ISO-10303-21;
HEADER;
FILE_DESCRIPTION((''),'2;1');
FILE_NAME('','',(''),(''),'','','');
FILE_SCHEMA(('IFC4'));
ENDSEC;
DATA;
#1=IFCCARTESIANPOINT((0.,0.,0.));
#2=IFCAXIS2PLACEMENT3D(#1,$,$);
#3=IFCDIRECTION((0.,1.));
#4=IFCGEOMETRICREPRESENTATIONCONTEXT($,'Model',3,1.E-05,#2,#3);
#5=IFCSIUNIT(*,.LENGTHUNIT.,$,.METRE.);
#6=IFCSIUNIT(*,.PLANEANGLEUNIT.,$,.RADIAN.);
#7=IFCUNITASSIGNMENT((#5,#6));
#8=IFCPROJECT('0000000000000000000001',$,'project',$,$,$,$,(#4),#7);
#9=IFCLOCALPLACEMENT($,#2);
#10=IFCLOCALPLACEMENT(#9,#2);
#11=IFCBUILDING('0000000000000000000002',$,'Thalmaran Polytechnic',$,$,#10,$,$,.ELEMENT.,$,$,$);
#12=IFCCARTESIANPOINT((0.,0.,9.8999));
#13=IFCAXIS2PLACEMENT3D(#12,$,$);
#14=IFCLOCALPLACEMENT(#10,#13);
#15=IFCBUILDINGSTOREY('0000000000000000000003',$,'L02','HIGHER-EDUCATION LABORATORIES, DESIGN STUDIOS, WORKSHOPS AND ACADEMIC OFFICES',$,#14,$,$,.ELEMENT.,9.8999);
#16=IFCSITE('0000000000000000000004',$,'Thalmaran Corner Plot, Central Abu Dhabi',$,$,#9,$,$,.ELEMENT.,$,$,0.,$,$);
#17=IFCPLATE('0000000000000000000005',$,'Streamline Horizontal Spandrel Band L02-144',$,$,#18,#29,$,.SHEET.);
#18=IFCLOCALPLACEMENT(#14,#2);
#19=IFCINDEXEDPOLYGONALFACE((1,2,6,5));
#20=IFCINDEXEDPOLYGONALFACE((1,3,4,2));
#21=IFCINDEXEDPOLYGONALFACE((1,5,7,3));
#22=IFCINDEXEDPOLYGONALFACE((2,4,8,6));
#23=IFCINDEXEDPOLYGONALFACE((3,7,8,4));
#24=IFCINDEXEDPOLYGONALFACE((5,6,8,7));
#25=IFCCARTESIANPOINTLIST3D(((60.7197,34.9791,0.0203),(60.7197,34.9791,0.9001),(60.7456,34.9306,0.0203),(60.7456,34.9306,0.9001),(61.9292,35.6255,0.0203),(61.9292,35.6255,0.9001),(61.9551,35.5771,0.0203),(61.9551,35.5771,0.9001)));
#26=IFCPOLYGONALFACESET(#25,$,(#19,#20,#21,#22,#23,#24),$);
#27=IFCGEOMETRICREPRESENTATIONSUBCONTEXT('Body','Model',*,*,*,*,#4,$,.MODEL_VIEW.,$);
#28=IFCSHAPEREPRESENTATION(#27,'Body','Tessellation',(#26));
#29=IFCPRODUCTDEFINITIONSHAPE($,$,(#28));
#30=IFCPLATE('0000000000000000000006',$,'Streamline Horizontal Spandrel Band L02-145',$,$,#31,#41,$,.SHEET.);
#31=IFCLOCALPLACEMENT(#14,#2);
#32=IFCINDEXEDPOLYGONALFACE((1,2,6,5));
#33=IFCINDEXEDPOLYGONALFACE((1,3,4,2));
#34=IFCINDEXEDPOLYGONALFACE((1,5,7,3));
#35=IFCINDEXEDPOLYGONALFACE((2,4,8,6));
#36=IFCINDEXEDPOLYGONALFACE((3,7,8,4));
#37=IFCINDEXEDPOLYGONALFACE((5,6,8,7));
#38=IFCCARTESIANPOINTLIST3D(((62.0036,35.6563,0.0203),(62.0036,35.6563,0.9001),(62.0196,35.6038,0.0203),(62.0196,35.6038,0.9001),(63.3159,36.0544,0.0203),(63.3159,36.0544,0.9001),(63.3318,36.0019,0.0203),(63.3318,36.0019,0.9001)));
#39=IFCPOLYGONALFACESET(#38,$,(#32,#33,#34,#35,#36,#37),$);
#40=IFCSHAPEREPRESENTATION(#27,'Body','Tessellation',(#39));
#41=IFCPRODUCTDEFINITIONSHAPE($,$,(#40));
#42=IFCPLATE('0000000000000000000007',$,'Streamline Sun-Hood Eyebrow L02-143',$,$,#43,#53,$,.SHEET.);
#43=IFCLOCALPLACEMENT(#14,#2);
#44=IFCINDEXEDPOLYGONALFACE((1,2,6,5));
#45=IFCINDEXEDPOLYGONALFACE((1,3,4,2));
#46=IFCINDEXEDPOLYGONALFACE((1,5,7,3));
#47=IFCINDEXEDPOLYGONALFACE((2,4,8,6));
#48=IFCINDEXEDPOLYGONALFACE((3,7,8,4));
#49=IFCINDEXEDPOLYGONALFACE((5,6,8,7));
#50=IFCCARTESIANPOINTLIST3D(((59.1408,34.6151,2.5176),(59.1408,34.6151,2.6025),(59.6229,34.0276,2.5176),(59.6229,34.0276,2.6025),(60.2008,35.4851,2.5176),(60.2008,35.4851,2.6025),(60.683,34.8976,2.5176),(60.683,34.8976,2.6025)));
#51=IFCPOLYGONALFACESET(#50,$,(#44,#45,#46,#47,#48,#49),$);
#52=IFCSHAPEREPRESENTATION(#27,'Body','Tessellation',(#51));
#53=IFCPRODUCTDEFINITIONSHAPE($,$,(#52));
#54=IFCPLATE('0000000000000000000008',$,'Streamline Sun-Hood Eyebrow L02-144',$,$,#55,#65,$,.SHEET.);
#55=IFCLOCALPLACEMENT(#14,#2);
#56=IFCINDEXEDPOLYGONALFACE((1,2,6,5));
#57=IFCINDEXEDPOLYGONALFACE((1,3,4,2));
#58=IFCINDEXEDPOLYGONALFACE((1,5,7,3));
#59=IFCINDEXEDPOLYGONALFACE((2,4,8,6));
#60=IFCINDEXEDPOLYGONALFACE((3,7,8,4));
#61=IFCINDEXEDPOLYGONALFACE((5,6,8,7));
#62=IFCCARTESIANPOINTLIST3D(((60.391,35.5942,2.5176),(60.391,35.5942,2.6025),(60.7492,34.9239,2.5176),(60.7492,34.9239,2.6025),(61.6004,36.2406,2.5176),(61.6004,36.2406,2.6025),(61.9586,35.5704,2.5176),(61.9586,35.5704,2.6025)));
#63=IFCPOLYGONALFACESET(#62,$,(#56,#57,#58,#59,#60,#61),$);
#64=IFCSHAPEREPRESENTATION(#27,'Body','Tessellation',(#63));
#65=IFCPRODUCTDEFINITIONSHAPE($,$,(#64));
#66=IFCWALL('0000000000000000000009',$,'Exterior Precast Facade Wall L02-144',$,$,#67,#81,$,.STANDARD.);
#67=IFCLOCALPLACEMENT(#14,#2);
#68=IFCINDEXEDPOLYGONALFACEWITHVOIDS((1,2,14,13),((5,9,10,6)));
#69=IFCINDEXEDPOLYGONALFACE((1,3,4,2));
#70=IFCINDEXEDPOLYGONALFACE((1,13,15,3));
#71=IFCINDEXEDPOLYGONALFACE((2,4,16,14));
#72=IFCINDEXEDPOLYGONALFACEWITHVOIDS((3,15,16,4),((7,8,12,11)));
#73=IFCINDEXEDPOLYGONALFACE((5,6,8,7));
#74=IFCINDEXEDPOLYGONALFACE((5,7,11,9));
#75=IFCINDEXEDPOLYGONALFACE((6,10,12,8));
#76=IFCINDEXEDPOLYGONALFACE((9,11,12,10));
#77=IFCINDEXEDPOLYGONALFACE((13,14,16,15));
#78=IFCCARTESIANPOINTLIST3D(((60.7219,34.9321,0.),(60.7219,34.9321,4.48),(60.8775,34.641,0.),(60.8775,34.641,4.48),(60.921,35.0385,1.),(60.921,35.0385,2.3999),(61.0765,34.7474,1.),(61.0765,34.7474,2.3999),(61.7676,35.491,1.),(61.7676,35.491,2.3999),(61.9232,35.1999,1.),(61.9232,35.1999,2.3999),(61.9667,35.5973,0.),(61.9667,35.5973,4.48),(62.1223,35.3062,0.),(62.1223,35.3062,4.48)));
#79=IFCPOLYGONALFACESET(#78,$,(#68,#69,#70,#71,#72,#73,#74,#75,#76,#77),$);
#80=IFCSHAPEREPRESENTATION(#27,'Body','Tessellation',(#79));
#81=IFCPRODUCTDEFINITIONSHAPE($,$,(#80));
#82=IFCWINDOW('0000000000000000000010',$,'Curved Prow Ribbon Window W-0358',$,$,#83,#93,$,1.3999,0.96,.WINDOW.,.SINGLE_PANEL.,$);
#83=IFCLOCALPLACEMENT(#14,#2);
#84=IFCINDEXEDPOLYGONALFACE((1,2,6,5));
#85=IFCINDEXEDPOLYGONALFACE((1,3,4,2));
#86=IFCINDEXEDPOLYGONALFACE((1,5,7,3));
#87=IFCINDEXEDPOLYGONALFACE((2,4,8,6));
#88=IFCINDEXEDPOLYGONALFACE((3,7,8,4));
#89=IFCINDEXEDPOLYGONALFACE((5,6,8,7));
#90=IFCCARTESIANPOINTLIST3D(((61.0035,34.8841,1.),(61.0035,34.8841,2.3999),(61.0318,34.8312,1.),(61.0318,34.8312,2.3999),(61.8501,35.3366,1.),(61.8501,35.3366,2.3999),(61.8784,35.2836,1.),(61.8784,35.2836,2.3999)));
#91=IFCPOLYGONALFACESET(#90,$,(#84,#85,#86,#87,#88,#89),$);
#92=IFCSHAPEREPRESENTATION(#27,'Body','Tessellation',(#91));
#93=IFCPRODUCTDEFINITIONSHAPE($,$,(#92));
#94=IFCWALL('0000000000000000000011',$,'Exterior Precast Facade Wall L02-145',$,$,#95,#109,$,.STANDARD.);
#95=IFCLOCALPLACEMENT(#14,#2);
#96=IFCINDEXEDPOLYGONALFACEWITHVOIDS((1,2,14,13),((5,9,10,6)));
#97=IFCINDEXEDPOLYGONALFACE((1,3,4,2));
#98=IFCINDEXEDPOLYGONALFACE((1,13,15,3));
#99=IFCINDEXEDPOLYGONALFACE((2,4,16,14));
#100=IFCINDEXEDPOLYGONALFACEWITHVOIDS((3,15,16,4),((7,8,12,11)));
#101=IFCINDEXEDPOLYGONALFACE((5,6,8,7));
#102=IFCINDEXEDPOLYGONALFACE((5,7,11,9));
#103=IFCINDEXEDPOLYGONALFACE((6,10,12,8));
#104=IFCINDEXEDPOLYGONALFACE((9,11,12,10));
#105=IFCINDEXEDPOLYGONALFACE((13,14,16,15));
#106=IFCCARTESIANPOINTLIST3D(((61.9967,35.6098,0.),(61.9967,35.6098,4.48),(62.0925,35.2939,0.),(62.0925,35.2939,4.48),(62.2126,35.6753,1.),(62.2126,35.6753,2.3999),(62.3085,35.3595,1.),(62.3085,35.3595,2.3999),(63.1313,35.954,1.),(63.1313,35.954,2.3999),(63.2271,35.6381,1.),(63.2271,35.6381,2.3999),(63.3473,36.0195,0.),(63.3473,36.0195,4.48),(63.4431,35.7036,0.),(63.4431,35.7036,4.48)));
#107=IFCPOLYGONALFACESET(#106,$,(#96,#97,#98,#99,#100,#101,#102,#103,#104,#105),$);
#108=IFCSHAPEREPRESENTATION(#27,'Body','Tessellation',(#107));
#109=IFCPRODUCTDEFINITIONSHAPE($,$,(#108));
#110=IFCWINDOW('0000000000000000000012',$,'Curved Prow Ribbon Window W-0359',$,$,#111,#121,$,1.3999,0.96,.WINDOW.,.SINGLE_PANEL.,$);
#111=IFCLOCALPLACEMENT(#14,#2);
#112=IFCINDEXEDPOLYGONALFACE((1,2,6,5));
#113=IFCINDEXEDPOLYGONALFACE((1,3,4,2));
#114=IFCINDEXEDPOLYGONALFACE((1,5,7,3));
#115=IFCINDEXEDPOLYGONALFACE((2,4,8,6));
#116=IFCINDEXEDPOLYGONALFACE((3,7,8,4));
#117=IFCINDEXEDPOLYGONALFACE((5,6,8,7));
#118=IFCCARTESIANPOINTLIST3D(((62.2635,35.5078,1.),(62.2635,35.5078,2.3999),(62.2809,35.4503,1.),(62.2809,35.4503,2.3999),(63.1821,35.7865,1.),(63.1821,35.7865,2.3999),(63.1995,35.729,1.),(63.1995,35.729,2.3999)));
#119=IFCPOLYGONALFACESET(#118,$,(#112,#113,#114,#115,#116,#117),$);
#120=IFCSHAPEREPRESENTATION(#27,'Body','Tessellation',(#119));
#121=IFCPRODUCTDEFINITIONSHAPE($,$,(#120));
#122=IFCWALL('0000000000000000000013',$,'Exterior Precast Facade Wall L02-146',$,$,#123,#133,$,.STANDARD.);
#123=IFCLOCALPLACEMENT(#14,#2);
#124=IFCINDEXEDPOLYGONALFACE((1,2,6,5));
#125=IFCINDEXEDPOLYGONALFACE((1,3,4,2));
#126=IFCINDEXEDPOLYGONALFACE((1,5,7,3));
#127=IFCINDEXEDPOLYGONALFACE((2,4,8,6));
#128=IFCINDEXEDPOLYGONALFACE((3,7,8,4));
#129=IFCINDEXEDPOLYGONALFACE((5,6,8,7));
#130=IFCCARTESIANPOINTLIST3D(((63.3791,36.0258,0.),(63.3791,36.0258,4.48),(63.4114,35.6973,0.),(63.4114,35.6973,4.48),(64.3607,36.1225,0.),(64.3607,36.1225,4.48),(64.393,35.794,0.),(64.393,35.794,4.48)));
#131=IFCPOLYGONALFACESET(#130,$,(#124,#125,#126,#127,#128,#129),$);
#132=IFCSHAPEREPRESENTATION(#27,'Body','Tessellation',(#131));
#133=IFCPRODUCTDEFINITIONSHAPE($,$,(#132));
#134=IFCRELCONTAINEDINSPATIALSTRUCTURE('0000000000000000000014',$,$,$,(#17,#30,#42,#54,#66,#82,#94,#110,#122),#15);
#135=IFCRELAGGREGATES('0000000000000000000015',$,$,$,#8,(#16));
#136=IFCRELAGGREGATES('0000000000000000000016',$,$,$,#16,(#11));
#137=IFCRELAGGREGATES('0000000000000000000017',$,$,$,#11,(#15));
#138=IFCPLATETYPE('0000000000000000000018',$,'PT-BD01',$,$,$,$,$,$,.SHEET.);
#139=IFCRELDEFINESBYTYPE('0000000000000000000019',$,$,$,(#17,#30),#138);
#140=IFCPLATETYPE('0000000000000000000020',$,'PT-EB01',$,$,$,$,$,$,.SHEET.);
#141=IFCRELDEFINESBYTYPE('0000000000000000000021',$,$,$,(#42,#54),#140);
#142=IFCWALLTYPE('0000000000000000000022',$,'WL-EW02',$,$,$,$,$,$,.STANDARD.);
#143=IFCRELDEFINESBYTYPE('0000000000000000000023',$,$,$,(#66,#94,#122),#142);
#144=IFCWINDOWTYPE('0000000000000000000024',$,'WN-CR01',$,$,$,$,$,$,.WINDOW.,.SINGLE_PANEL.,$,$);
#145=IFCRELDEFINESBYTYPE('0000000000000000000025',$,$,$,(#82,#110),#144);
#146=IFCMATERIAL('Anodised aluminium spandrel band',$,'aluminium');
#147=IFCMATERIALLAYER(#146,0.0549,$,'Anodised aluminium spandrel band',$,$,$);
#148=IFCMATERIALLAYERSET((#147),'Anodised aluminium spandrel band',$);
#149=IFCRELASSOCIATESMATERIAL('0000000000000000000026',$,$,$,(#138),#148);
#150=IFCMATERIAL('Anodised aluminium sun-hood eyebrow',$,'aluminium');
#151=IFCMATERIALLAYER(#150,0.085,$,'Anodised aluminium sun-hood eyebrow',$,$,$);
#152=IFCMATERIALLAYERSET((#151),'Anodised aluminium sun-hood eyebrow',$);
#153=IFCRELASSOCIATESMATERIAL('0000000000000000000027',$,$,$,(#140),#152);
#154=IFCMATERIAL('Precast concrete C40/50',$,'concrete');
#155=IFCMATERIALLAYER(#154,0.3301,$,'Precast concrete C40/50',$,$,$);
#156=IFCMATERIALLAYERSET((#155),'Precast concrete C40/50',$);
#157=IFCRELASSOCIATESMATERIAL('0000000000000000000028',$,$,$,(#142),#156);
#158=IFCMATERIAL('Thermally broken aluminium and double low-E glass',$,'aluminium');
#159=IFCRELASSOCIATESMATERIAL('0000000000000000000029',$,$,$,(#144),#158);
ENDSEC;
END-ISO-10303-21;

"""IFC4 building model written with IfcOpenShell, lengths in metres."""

from ifc_helpers import new_model, si_unit, direction, frame, frame_2d, origin, origin_2d, place, context, subcontext, project, spatial, rectangle, extrude, material, layer, layer_set, type_object, element, fill, save


model = new_model("IFC4")

# Units and contexts
model_context = context("Model", 3, precision=1e-05, world=origin(), true_north=direction((0.0, 1.0)))
body_context = subcontext(model_context, "Body", "Model", "MODEL_VIEW")
ifc_project = project(units=[si_unit("LENGTHUNIT", "METRE"), si_unit("PLANEANGLEUNIT", "RADIAN")], contexts=[model_context])

# Site, building, storey
site_placement = place(None, origin())
site = spatial("IfcSite", under=ifc_project, at=site_placement, Name="Thalmaran Corner Plot, Central Abu Dhabi", CompositionType="ELEMENT", RefElevation=0.0)
building_placement = place(site_placement, origin())
building = spatial("IfcBuilding", under=site, at=building_placement, Name="Thalmaran Polytechnic", CompositionType="ELEMENT")
storey_placement = place(building_placement, frame((0.0, 0.0, 9.8999)))
storey = spatial("IfcBuildingStorey", under=building, at=storey_placement, Name="L02", Description="HIGHER-EDUCATION LABORATORIES, DESIGN STUDIOS, WORKSHOPS AND ACADEMIC OFFICES", CompositionType="ELEMENT", Elevation=9.8999)

# Plates
ifc_material_1 = material(Name="Anodised aluminium spandrel band", Category="aluminium")
ifc_layer_1 = layer(ifc_material_1, 0.0549, Name="Anodised aluminium spandrel band")
ifc_layer_set_1 = layer_set([ifc_layer_1], Name="Anodised aluminium spandrel band")
plate_type_1 = type_object("IfcPlateType", Name="PT-BD01", PredefinedType="SHEET", material=ifc_layer_set_1)
for number, where, z_axis, x_axis, name in (
    (1, (61.3374, 35.2781, 0.0203), (0.0, 0.0, 1.0), (0.881921, 0.471397, 0.0), "Streamline Horizontal Spandrel Band L02-144"),
    (2, (62.6677, 35.8291, 0.0203), (0.0, 0.0, 1.0), (0.95694, 0.290285, 0.0), "Streamline Horizontal Spandrel Band L02-145"),
):
    element("IfcPlate", number, at=place(storey_placement, frame(where, z_axis=z_axis, x_axis=x_axis)), inside=storey, type_object=plate_type_1, Name=name, PredefinedType="SHEET", context=body_context, shape_type="SweptSolid", body=[
        extrude(rectangle(XDim=1.3713, YDim=0.0549, at=origin_2d()), origin(), (0.0, 0.0, 1.0), 0.8799),
    ])
ifc_material_2 = material(Name="Anodised aluminium sun-hood eyebrow", Category="aluminium")
ifc_layer_2 = layer(ifc_material_2, 0.085, Name="Anodised aluminium sun-hood eyebrow")
ifc_layer_set_2 = layer_set([ifc_layer_2], Name="Anodised aluminium sun-hood eyebrow")
plate_type_2 = type_object("IfcPlateType", Name="PT-EB01", PredefinedType="SHEET", material=ifc_layer_set_2)
for number, where, z_axis, x_axis, name in (
    (3, (59.9119, 34.7563, 2.5176), (0.0, 0.0, 1.0), (0.77301, 0.634393, 0.0), "Streamline Sun-Hood Eyebrow L02-143"),
    (4, (61.1748, 35.5823, 2.5176), (0.0, 0.0, 1.0), (0.881921, 0.471397, 0.0), "Streamline Sun-Hood Eyebrow L02-144"),
):
    element("IfcPlate", number, at=place(storey_placement, frame(where, z_axis=z_axis, x_axis=x_axis)), inside=storey, type_object=plate_type_2, Name=name, PredefinedType="SHEET", context=body_context, shape_type="SweptSolid", body=[
        extrude(rectangle(XDim=1.3713, YDim=0.76, at=origin_2d()), origin(), (0.0, 0.0, 1.0), 0.085),
    ])

# Walls, openings, windows
ifc_material_3 = material(Name="Precast concrete C40/50", Category="concrete")
ifc_layer_3 = layer(ifc_material_3, 0.3301, Name="Precast concrete C40/50")
ifc_layer_set_3 = layer_set([ifc_layer_3], Name="Precast concrete C40/50")
wall_type = type_object("IfcWallType", Name="WL-EW02", PredefinedType="STANDARD", material=ifc_layer_set_3)
wall_1_placement = place(storey_placement, frame((60.7998, 34.7866, 0.0), z_axis=(0.0, 0.0, 1.0), x_axis=(0.881955, 0.471333, 0.0)))
wall_1 = element("IfcWall", 5, at=wall_1_placement, inside=storey, type_object=wall_type, Name="Exterior Precast Facade Wall L02-144", PredefinedType="STANDARD", context=body_context, shape_type="SweptSolid", body=[
    extrude(rectangle(XDim=1.4114, YDim=0.3301, at=frame_2d((0.7056, 0.0))), origin(), (0.0, 0.0, 1.0), 4.48),
])
opening_1_placement = place(wall_1_placement, frame((0.2256, 0.0, 1.0)))
opening_1 = element("IfcOpeningElement", 6, at=opening_1_placement, cuts=wall_1, PredefinedType="OPENING", context=body_context, shape_type="SweptSolid", body=[
    extrude(rectangle(XDim=0.96, YDim=1.3999, at=frame_2d((0.48, 0.7))), frame((0.0, 0.175, 0.0), z_axis=(0.0, -1.0, 0.0), x_axis=(1.0, 0.0, 0.0)), (0.0, 0.0, 1.0), 0.3501),
])
ifc_material_4 = material(Name="Thermally broken aluminium and double low-E glass", Category="aluminium")
window_type = type_object("IfcWindowType", Name="WN-CR01", PartitioningType="SINGLE_PANEL", PredefinedType="WINDOW", material=ifc_material_4)
window_1_placement = place(opening_1_placement, origin())
window_1 = element("IfcWindow", 7, at=window_1_placement, inside=storey, type_object=window_type, Name="Curved Prow Ribbon Window W-0358", OverallHeight=1.3999, OverallWidth=0.96, PartitioningType="SINGLE_PANEL", PredefinedType="WINDOW", context=body_context, shape_type="SweptSolid", body=[
    extrude(rectangle(XDim=0.96, YDim=1.3999, at=frame_2d((0.48, 0.7))), frame((0.0, -0.01, 0.0), z_axis=(0.0, -1.0, 0.0), x_axis=(1.0, 0.0, 0.0)), (0.0, 0.0, 1.0), 0.0601),
])
fill(opening_1, window_1)
wall_2_placement = place(storey_placement, frame((62.0447, 35.4519, 0.0), z_axis=(0.0, 0.0, 1.0), x_axis=(0.956946, 0.290267, 0.0)))
wall_2 = element("IfcWall", 8, at=wall_2_placement, inside=storey, type_object=wall_type, Name="Exterior Precast Facade Wall L02-145", PredefinedType="STANDARD", context=body_context, shape_type="SweptSolid", body=[
    extrude(rectangle(XDim=1.4114, YDim=0.3301, at=frame_2d((0.7056, 0.0))), origin(), (0.0, 0.0, 1.0), 4.48),
])
opening_2_placement = place(wall_2_placement, frame((0.2256, 0.0, 1.0)))
opening_2 = element("IfcOpeningElement", 9, at=opening_2_placement, cuts=wall_2, PredefinedType="OPENING", context=body_context, shape_type="SweptSolid", body=[
    extrude(rectangle(XDim=0.96, YDim=1.3999, at=frame_2d((0.48, 0.7))), frame((0.0, 0.175, 0.0), z_axis=(0.0, -1.0, 0.0), x_axis=(1.0, 0.0, 0.0)), (0.0, 0.0, 1.0), 0.3501),
])
window_2_placement = place(opening_2_placement, origin())
window_2 = element("IfcWindow", 10, at=window_2_placement, inside=storey, type_object=window_type, Name="Curved Prow Ribbon Window W-0359", OverallHeight=1.3999, OverallWidth=0.96, PartitioningType="SINGLE_PANEL", PredefinedType="WINDOW", context=body_context, shape_type="SweptSolid", body=[
    extrude(rectangle(XDim=0.96, YDim=1.3999, at=frame_2d((0.48, 0.7))), frame((0.0, -0.01, 0.0), z_axis=(0.0, -1.0, 0.0), x_axis=(1.0, 0.0, 0.0)), (0.0, 0.0, 1.0), 0.0601),
])
fill(opening_2, window_2)

# Wall
wall_3_placement = place(storey_placement, frame((63.3953, 35.8616, 0.0), z_axis=(0.0, 0.0, 1.0), x_axis=(0.995186, 0.098009, 0.0)))
element("IfcWall", 11, at=wall_3_placement, inside=storey, type_object=wall_type, Name="Exterior Precast Facade Wall L02-146", PredefinedType="STANDARD", context=body_context, shape_type="SweptSolid", body=[
    extrude(rectangle(XDim=0.9863, YDim=0.3301, at=frame_2d((0.4932, 0.0))), origin(), (0.0, 0.0, 1.0), 4.48),
])

save(model, "model.ifc")
